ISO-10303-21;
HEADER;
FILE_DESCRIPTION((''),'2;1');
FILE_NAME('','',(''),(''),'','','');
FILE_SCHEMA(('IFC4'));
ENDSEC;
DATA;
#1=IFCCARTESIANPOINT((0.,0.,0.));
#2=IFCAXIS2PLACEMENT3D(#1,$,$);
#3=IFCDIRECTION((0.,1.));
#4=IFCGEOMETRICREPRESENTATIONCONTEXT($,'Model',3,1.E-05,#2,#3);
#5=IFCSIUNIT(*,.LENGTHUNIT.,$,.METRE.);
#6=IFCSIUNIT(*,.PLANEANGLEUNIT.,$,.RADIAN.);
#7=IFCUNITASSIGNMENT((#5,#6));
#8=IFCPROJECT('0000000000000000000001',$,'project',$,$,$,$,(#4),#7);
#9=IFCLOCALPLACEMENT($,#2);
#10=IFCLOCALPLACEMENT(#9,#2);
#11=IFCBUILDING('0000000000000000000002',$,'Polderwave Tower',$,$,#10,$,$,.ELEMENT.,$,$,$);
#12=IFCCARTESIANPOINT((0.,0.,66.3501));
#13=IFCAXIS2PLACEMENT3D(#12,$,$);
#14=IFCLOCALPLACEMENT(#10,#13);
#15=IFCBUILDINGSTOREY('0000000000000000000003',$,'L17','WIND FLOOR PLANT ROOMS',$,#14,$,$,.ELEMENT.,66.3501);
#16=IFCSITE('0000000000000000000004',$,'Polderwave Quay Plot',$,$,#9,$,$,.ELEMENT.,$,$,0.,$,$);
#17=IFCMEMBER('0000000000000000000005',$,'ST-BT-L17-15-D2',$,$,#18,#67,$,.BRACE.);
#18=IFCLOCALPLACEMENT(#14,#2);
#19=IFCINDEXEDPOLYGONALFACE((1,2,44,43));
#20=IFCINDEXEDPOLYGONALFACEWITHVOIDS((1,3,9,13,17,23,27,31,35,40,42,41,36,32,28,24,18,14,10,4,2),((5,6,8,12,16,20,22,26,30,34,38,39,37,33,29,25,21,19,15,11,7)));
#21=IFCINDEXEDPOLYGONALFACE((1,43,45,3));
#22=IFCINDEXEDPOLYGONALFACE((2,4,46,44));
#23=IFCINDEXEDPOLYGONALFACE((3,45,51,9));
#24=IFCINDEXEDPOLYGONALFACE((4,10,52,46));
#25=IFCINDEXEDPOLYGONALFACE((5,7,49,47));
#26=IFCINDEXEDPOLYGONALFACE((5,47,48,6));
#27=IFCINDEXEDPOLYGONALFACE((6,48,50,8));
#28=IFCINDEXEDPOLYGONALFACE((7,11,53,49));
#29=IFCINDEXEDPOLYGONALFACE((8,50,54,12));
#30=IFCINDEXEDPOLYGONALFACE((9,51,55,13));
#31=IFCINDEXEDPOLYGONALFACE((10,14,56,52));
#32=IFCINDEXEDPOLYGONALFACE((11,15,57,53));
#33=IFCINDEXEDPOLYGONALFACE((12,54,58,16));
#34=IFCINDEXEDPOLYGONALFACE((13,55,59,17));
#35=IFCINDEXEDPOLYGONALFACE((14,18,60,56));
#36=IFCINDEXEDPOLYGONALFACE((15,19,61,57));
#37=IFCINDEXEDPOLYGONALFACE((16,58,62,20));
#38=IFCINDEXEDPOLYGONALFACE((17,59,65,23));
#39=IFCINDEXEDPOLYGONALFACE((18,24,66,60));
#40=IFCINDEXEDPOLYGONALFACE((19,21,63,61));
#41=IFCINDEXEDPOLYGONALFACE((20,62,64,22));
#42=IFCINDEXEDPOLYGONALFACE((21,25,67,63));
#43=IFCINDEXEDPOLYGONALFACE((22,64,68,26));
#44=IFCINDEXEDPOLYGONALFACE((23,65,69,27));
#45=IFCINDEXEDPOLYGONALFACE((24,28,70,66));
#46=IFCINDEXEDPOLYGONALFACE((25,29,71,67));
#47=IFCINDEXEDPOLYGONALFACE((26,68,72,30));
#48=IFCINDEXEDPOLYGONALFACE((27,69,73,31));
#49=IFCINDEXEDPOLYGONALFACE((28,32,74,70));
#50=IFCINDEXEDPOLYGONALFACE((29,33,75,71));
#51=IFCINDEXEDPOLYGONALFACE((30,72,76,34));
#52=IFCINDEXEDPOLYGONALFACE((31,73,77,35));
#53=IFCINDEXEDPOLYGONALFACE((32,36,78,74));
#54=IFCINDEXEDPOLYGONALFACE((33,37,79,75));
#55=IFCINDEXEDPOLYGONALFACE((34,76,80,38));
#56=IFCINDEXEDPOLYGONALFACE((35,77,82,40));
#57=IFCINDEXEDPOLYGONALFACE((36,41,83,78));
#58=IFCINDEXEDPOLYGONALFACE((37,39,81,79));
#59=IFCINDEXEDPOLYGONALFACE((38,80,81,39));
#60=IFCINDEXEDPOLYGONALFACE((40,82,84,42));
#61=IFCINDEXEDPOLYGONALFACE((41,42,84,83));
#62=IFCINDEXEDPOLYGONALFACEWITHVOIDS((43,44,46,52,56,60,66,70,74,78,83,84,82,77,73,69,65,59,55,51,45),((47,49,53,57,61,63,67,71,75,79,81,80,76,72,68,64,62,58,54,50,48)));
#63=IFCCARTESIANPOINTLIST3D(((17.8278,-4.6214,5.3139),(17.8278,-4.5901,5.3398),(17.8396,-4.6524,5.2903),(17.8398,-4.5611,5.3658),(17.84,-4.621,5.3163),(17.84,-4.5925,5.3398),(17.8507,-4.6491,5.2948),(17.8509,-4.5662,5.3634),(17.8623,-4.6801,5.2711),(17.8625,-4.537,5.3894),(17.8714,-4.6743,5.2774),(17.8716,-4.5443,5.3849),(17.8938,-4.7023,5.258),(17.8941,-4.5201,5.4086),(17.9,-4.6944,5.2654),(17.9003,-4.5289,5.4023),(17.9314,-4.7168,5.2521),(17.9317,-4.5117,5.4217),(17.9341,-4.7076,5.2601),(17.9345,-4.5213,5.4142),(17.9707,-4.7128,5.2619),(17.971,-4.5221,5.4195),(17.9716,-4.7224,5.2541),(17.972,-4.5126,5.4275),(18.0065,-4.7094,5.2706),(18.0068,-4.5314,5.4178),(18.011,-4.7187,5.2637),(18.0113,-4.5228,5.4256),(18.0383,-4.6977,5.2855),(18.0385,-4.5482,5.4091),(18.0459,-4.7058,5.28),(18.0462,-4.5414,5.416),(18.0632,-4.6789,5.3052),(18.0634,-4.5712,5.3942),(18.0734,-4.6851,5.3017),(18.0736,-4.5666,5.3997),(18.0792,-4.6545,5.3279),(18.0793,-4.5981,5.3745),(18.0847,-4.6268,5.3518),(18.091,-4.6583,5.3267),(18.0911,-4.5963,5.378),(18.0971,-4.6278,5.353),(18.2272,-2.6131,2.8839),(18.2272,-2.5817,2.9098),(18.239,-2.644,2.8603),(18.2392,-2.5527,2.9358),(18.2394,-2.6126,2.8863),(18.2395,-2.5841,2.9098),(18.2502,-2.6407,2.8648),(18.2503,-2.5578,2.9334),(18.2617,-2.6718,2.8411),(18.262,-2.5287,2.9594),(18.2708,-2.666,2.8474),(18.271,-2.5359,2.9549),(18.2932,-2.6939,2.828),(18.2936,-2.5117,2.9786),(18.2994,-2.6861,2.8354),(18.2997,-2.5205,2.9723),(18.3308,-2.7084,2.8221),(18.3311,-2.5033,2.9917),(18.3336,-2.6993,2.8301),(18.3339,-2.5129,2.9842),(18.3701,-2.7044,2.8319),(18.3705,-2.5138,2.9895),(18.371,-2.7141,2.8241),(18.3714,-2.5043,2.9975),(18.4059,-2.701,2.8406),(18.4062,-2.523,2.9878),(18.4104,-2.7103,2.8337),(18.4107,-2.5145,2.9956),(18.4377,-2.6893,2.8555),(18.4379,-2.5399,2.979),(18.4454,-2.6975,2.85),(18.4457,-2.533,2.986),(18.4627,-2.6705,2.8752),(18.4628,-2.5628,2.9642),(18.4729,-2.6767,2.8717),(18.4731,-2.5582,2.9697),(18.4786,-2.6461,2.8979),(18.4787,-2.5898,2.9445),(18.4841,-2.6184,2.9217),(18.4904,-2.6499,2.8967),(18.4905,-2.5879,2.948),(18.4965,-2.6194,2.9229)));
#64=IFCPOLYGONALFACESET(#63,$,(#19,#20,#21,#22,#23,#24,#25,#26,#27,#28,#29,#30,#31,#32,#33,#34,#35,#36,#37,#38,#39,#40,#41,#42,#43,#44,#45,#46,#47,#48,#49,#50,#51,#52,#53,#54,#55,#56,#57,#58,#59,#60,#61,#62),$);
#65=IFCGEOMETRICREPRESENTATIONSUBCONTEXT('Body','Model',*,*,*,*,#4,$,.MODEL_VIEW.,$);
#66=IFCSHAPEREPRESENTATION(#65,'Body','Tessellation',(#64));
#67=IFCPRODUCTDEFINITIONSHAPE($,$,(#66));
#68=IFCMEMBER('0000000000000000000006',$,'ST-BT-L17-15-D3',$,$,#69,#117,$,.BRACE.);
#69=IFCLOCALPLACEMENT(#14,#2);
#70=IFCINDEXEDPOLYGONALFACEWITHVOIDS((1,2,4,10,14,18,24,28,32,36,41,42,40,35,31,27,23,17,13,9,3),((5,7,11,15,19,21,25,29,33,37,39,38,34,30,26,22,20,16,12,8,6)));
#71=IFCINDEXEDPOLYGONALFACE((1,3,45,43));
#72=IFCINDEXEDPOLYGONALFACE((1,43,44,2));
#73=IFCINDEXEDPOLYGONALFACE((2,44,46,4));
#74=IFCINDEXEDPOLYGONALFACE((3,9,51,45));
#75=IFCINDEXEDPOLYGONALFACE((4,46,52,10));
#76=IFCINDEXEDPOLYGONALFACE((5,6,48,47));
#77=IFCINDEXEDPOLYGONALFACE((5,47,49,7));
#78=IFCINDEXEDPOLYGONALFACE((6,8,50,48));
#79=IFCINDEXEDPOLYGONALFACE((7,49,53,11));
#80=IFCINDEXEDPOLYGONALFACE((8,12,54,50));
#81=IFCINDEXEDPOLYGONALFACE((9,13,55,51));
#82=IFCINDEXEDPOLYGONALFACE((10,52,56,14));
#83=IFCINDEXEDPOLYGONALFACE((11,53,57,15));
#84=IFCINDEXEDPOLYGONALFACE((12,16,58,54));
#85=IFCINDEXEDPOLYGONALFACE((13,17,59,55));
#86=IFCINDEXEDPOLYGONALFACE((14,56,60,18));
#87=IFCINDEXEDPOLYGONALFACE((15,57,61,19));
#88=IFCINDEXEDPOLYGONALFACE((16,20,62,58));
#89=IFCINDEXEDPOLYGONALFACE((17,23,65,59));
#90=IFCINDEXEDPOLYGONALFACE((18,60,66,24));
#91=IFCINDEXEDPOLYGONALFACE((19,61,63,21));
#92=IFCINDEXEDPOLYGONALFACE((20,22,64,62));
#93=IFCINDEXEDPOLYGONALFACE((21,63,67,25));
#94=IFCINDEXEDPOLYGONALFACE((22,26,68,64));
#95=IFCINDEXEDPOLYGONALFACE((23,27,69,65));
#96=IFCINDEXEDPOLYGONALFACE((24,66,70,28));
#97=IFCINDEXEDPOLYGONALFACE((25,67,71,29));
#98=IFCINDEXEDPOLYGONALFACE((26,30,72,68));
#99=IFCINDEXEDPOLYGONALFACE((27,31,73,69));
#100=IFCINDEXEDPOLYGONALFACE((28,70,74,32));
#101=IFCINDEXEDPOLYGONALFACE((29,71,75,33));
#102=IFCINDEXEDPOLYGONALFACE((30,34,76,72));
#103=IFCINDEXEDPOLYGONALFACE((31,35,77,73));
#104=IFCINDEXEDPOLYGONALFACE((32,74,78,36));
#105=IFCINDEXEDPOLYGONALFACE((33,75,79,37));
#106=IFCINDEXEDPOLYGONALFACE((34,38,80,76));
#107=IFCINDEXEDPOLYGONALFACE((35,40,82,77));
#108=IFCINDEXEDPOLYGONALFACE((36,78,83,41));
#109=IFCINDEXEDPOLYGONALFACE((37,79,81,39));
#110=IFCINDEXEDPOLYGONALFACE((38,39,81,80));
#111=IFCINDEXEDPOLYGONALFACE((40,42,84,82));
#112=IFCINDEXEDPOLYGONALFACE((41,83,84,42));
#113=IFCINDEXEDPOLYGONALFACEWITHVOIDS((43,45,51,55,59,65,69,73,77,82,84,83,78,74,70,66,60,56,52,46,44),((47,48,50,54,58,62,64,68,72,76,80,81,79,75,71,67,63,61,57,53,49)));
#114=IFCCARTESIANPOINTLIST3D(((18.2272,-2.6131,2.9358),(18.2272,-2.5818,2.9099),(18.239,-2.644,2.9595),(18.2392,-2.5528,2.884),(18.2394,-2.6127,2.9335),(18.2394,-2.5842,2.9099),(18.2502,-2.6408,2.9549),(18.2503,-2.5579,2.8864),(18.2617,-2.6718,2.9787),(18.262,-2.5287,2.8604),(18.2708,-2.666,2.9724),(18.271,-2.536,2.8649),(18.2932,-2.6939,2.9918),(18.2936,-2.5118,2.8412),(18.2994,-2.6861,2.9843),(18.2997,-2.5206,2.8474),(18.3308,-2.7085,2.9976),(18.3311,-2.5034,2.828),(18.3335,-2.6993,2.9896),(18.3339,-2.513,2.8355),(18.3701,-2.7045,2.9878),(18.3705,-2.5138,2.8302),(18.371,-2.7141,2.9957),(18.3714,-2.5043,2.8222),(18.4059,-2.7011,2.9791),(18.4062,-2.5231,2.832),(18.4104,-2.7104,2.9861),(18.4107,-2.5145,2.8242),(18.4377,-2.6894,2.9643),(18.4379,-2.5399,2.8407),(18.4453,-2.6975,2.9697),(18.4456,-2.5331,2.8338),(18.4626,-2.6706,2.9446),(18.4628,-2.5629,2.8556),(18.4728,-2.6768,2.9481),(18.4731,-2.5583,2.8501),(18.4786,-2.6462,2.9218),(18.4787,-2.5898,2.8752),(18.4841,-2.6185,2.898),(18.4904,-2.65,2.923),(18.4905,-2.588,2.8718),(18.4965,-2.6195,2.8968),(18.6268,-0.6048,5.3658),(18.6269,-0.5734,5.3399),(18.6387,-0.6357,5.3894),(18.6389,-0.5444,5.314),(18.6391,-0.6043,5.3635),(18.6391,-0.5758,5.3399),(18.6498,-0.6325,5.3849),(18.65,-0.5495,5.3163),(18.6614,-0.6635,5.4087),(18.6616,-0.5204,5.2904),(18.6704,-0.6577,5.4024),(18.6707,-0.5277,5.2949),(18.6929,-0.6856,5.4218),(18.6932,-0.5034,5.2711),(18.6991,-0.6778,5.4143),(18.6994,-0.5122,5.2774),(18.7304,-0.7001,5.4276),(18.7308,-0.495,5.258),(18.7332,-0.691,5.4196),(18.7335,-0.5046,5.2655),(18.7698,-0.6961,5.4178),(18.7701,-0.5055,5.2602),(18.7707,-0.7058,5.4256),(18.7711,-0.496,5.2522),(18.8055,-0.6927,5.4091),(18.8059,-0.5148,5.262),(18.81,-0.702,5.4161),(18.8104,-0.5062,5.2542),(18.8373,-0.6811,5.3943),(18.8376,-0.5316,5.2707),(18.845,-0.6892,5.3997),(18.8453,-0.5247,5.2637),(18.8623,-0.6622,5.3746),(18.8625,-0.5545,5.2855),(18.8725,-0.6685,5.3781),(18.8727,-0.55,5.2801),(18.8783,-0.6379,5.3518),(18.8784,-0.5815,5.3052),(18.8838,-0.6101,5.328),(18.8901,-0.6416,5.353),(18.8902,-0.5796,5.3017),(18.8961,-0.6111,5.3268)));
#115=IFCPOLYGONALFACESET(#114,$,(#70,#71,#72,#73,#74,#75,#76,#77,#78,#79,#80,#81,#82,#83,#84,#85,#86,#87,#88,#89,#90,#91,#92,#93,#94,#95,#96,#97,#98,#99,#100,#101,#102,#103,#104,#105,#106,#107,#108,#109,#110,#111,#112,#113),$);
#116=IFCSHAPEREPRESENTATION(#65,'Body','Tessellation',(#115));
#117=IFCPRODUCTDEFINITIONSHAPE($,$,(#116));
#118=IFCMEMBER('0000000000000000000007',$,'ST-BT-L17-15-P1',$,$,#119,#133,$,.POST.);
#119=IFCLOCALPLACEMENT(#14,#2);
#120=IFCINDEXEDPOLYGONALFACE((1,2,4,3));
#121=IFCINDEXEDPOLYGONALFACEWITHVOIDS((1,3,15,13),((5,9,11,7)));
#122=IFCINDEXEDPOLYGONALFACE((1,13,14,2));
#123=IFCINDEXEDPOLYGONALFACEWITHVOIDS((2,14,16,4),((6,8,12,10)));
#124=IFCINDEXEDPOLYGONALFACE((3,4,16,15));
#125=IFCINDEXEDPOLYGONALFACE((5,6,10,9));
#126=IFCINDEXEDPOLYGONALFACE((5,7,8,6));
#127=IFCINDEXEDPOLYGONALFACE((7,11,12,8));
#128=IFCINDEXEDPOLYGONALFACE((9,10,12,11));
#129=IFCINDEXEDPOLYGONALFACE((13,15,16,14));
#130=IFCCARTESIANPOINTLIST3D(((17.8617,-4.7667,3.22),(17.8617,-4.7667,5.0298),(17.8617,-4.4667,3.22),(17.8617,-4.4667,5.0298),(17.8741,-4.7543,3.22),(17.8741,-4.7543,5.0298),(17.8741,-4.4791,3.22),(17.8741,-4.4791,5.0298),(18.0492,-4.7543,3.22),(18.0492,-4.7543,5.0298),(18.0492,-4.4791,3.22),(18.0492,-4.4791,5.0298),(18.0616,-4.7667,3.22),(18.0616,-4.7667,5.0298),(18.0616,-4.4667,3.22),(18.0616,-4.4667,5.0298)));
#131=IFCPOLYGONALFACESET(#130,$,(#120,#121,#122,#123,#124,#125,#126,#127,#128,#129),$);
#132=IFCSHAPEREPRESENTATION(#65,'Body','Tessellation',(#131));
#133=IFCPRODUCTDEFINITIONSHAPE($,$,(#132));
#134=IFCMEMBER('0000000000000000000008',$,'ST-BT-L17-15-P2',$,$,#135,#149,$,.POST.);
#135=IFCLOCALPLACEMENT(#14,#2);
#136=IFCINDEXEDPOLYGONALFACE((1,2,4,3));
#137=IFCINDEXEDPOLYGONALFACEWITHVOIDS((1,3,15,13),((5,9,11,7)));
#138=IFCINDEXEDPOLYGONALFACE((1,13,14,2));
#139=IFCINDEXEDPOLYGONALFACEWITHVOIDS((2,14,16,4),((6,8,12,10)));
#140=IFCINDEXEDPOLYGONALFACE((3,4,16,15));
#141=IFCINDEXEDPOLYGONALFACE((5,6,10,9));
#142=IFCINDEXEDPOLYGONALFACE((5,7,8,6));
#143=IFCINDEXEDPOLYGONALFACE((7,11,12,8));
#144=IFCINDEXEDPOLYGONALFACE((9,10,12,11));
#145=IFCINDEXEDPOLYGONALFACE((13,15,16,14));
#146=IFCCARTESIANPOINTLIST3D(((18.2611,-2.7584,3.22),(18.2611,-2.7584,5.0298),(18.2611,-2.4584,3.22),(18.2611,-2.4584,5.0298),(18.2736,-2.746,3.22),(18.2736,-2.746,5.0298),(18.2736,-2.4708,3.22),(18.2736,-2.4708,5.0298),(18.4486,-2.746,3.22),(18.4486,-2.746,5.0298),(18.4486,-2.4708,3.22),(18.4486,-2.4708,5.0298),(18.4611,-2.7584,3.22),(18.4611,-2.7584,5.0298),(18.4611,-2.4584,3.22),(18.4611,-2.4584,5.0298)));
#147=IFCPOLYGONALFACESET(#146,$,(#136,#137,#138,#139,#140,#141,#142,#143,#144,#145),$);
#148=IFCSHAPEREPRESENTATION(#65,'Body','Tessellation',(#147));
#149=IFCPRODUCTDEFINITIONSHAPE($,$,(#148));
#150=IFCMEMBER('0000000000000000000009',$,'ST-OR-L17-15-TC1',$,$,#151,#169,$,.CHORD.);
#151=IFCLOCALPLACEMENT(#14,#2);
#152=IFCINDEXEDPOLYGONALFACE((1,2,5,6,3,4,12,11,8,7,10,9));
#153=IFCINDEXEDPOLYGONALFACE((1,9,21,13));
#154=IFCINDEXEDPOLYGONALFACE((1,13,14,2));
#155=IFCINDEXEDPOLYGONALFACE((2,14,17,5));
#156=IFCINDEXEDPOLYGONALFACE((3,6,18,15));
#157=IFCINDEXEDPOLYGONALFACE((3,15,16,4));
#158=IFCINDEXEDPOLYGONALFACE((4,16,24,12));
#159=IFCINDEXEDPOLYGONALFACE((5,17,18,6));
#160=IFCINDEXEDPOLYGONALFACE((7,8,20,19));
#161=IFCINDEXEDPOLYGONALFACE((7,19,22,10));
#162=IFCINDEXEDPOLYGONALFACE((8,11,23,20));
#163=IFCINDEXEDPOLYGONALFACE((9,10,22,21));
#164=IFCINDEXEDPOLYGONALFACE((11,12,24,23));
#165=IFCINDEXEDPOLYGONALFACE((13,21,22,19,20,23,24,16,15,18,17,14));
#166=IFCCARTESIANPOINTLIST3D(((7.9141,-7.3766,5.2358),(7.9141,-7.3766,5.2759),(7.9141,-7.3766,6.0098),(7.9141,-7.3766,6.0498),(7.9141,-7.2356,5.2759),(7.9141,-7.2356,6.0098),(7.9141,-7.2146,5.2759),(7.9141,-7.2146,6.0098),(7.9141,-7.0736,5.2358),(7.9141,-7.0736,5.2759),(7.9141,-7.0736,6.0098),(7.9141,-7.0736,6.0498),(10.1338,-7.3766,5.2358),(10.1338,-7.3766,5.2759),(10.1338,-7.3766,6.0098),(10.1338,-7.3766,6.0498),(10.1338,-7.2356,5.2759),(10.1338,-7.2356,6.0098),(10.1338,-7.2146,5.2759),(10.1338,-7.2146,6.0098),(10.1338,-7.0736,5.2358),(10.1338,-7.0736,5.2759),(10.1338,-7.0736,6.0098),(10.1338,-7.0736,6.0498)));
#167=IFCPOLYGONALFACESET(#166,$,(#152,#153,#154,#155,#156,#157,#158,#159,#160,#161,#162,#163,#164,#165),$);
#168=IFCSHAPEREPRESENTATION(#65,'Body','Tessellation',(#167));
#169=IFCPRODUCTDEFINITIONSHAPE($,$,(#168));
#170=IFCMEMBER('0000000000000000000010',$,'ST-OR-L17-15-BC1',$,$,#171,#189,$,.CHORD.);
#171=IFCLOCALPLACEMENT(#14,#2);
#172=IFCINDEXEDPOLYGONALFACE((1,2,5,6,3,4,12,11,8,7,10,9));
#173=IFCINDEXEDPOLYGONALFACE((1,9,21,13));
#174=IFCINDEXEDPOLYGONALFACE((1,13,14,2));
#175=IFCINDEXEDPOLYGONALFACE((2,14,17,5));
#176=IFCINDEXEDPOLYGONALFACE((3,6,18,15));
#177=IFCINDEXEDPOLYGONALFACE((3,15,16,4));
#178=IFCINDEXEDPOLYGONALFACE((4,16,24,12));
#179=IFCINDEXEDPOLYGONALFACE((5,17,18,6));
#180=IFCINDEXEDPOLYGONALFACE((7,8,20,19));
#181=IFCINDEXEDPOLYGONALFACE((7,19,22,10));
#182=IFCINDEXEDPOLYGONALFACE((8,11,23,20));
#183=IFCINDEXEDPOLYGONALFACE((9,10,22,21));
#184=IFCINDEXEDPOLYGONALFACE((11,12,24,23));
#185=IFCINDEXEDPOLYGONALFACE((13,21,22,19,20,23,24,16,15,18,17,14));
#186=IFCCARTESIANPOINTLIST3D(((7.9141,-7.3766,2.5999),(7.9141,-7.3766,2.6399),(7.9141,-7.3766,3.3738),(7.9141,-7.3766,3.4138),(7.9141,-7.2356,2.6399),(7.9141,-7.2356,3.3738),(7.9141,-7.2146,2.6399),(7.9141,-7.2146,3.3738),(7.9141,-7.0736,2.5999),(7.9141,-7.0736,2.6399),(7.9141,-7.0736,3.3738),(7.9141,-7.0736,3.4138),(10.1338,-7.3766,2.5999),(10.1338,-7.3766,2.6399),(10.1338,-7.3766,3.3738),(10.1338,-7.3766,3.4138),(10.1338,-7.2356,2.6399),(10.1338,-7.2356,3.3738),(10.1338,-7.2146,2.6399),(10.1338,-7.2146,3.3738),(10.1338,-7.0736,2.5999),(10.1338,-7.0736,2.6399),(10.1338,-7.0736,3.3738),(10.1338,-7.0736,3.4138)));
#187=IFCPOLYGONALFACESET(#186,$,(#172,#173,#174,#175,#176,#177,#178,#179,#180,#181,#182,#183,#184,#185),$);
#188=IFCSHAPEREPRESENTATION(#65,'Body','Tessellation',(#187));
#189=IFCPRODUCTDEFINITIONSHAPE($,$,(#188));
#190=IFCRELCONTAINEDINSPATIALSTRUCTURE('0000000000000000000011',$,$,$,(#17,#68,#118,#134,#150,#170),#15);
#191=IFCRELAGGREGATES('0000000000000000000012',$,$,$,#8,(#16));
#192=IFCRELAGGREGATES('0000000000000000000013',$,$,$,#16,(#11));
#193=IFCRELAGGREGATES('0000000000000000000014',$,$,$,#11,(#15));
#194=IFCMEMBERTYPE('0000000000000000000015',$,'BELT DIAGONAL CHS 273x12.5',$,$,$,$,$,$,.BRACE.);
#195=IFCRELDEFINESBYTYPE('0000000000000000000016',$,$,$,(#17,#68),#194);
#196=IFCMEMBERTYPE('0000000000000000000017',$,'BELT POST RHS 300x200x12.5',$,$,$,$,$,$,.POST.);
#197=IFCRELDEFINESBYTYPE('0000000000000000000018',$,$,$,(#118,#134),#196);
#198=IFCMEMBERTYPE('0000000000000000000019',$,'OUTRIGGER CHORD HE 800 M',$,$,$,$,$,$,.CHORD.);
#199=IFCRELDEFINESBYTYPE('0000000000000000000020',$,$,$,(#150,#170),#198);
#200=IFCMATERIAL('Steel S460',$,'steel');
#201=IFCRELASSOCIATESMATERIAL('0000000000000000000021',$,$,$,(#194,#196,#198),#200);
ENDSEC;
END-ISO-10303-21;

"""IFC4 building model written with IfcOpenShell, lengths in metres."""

from ifc_helpers import new_model, si_unit, direction, frame, origin, origin_2d, place, context, subcontext, project, spatial, hollow_rectangle, hollow_circle, i_section, extrude, material, material_profile, profile_set, type_object, element, save


model = new_model("IFC4")

# Units and contexts
model_context = context("Model", 3, precision=1e-05, world=origin(), true_north=direction((0.0, 1.0)))
body_context = subcontext(model_context, "Body", "Model", "MODEL_VIEW")
ifc_project = project(units=[si_unit("LENGTHUNIT", "METRE"), si_unit("PLANEANGLEUNIT", "RADIAN")], contexts=[model_context])

# Site, building, storey
site_placement = place(None, origin())
site = spatial("IfcSite", under=ifc_project, at=site_placement, Name="Polderwave Quay Plot", CompositionType="ELEMENT", RefElevation=0.0)
building_placement = place(site_placement, origin())
building = spatial("IfcBuilding", under=site, at=building_placement, Name="Polderwave Tower", CompositionType="ELEMENT")
storey_placement = place(building_placement, frame((0.0, 0.0, 66.3501)))
storey = spatial("IfcBuildingStorey", under=building, at=storey_placement, Name="L17", Description="WIND FLOOR PLANT ROOMS", CompositionType="ELEMENT", Elevation=66.3501)

# Members
ifc_material_1 = material(Name="Steel S460", Category="steel")
ifc_material_profile_1 = material_profile(ifc_material_1, hollow_circle(Radius=0.1365, WallThickness=0.0125, at=origin_2d()), Name="CHS 273x12.5")
ifc_profile_set_1 = profile_set([ifc_material_profile_1], Name="Steel S460")
member_type_1 = type_object("IfcMemberType", Name="BELT DIAGONAL CHS 273x12.5", PredefinedType="BRACE", material=ifc_profile_set_1)
for number, where, z_axis, x_axis, name in (
    (1, (17.9617, -4.6167, 5.3398), (0.125695, 0.632011, -0.764698), (-0.980791, 0.195061, 0.0), "ST-BT-L17-15-D2"),
    (2, (18.3611, -2.6084, 2.9099), (0.125771, 0.632005, 0.764691), (-0.980768, 0.195176, 0.0), "ST-BT-L17-15-D3"),
):
    element("IfcMember", number, at=place(storey_placement, frame(where, z_axis=z_axis, x_axis=x_axis)), inside=storey, type_object=member_type_1, Name=name, PredefinedType="BRACE", context=body_context, shape_type="SweptSolid", body=[
        extrude(hollow_circle(Radius=0.1365, WallThickness=0.0125, at=origin_2d()), origin(), (0.0, 0.0, 1.0), 3.1777),
    ])
ifc_material_profile_2 = material_profile(ifc_material_1, hollow_rectangle(XDim=0.2, YDim=0.3, WallThickness=0.0125, at=origin_2d()), Name="RHS 300x200x12.5")
ifc_profile_set_2 = profile_set([ifc_material_profile_2], Name="Steel S460")
member_type_2 = type_object("IfcMemberType", Name="BELT POST RHS 300x200x12.5", PredefinedType="POST", material=ifc_profile_set_2)
for number, where, z_axis, x_axis, name in (
    (3, (17.9617, -4.6167, 3.22), (0.0, 0.0, 1.0), (1.0, 0.0, 0.0), "ST-BT-L17-15-P1"),
    (4, (18.3611, -2.6084, 3.22), (0.0, 0.0, 1.0), (1.0, 0.0, 0.0), "ST-BT-L17-15-P2"),
):
    element("IfcMember", number, at=place(storey_placement, frame(where, z_axis=z_axis, x_axis=x_axis)), inside=storey, type_object=member_type_2, Name=name, PredefinedType="POST", context=body_context, shape_type="SweptSolid", body=[
        extrude(hollow_rectangle(XDim=0.2, YDim=0.3, WallThickness=0.0125, at=origin_2d()), origin(), (0.0, 0.0, 1.0), 1.8098),
    ])
ifc_material_profile_3 = material_profile(ifc_material_1, i_section(OverallWidth=0.303, OverallDepth=0.814, WebThickness=0.021, FlangeThickness=0.04, at=origin_2d()), Name="HE 800 M")
ifc_profile_set_3 = profile_set([ifc_material_profile_3], Name="Steel S460")
member_type_3 = type_object("IfcMemberType", Name="OUTRIGGER CHORD HE 800 M", PredefinedType="CHORD", material=ifc_profile_set_3)
for number, where, z_axis, x_axis, name in (
    (5, (7.9141, -7.2251, 5.6428), (1.0, 0.0, 0.0), (0.0, 1.0, 0.0), "ST-OR-L17-15-TC1"),
    (6, (7.9141, -7.2251, 3.0068), (1.0, 0.0, 0.0), (0.0, 1.0, 0.0), "ST-OR-L17-15-BC1"),
):
    element("IfcMember", number, at=place(storey_placement, frame(where, z_axis=z_axis, x_axis=x_axis)), inside=storey, type_object=member_type_3, Name=name, PredefinedType="CHORD", context=body_context, shape_type="SweptSolid", body=[
        extrude(i_section(OverallWidth=0.303, OverallDepth=0.814, WebThickness=0.021, FlangeThickness=0.04, at=origin_2d()), origin(), (0.0, 0.0, 1.0), 2.2197),
    ])

save(model, "model.ifc")
